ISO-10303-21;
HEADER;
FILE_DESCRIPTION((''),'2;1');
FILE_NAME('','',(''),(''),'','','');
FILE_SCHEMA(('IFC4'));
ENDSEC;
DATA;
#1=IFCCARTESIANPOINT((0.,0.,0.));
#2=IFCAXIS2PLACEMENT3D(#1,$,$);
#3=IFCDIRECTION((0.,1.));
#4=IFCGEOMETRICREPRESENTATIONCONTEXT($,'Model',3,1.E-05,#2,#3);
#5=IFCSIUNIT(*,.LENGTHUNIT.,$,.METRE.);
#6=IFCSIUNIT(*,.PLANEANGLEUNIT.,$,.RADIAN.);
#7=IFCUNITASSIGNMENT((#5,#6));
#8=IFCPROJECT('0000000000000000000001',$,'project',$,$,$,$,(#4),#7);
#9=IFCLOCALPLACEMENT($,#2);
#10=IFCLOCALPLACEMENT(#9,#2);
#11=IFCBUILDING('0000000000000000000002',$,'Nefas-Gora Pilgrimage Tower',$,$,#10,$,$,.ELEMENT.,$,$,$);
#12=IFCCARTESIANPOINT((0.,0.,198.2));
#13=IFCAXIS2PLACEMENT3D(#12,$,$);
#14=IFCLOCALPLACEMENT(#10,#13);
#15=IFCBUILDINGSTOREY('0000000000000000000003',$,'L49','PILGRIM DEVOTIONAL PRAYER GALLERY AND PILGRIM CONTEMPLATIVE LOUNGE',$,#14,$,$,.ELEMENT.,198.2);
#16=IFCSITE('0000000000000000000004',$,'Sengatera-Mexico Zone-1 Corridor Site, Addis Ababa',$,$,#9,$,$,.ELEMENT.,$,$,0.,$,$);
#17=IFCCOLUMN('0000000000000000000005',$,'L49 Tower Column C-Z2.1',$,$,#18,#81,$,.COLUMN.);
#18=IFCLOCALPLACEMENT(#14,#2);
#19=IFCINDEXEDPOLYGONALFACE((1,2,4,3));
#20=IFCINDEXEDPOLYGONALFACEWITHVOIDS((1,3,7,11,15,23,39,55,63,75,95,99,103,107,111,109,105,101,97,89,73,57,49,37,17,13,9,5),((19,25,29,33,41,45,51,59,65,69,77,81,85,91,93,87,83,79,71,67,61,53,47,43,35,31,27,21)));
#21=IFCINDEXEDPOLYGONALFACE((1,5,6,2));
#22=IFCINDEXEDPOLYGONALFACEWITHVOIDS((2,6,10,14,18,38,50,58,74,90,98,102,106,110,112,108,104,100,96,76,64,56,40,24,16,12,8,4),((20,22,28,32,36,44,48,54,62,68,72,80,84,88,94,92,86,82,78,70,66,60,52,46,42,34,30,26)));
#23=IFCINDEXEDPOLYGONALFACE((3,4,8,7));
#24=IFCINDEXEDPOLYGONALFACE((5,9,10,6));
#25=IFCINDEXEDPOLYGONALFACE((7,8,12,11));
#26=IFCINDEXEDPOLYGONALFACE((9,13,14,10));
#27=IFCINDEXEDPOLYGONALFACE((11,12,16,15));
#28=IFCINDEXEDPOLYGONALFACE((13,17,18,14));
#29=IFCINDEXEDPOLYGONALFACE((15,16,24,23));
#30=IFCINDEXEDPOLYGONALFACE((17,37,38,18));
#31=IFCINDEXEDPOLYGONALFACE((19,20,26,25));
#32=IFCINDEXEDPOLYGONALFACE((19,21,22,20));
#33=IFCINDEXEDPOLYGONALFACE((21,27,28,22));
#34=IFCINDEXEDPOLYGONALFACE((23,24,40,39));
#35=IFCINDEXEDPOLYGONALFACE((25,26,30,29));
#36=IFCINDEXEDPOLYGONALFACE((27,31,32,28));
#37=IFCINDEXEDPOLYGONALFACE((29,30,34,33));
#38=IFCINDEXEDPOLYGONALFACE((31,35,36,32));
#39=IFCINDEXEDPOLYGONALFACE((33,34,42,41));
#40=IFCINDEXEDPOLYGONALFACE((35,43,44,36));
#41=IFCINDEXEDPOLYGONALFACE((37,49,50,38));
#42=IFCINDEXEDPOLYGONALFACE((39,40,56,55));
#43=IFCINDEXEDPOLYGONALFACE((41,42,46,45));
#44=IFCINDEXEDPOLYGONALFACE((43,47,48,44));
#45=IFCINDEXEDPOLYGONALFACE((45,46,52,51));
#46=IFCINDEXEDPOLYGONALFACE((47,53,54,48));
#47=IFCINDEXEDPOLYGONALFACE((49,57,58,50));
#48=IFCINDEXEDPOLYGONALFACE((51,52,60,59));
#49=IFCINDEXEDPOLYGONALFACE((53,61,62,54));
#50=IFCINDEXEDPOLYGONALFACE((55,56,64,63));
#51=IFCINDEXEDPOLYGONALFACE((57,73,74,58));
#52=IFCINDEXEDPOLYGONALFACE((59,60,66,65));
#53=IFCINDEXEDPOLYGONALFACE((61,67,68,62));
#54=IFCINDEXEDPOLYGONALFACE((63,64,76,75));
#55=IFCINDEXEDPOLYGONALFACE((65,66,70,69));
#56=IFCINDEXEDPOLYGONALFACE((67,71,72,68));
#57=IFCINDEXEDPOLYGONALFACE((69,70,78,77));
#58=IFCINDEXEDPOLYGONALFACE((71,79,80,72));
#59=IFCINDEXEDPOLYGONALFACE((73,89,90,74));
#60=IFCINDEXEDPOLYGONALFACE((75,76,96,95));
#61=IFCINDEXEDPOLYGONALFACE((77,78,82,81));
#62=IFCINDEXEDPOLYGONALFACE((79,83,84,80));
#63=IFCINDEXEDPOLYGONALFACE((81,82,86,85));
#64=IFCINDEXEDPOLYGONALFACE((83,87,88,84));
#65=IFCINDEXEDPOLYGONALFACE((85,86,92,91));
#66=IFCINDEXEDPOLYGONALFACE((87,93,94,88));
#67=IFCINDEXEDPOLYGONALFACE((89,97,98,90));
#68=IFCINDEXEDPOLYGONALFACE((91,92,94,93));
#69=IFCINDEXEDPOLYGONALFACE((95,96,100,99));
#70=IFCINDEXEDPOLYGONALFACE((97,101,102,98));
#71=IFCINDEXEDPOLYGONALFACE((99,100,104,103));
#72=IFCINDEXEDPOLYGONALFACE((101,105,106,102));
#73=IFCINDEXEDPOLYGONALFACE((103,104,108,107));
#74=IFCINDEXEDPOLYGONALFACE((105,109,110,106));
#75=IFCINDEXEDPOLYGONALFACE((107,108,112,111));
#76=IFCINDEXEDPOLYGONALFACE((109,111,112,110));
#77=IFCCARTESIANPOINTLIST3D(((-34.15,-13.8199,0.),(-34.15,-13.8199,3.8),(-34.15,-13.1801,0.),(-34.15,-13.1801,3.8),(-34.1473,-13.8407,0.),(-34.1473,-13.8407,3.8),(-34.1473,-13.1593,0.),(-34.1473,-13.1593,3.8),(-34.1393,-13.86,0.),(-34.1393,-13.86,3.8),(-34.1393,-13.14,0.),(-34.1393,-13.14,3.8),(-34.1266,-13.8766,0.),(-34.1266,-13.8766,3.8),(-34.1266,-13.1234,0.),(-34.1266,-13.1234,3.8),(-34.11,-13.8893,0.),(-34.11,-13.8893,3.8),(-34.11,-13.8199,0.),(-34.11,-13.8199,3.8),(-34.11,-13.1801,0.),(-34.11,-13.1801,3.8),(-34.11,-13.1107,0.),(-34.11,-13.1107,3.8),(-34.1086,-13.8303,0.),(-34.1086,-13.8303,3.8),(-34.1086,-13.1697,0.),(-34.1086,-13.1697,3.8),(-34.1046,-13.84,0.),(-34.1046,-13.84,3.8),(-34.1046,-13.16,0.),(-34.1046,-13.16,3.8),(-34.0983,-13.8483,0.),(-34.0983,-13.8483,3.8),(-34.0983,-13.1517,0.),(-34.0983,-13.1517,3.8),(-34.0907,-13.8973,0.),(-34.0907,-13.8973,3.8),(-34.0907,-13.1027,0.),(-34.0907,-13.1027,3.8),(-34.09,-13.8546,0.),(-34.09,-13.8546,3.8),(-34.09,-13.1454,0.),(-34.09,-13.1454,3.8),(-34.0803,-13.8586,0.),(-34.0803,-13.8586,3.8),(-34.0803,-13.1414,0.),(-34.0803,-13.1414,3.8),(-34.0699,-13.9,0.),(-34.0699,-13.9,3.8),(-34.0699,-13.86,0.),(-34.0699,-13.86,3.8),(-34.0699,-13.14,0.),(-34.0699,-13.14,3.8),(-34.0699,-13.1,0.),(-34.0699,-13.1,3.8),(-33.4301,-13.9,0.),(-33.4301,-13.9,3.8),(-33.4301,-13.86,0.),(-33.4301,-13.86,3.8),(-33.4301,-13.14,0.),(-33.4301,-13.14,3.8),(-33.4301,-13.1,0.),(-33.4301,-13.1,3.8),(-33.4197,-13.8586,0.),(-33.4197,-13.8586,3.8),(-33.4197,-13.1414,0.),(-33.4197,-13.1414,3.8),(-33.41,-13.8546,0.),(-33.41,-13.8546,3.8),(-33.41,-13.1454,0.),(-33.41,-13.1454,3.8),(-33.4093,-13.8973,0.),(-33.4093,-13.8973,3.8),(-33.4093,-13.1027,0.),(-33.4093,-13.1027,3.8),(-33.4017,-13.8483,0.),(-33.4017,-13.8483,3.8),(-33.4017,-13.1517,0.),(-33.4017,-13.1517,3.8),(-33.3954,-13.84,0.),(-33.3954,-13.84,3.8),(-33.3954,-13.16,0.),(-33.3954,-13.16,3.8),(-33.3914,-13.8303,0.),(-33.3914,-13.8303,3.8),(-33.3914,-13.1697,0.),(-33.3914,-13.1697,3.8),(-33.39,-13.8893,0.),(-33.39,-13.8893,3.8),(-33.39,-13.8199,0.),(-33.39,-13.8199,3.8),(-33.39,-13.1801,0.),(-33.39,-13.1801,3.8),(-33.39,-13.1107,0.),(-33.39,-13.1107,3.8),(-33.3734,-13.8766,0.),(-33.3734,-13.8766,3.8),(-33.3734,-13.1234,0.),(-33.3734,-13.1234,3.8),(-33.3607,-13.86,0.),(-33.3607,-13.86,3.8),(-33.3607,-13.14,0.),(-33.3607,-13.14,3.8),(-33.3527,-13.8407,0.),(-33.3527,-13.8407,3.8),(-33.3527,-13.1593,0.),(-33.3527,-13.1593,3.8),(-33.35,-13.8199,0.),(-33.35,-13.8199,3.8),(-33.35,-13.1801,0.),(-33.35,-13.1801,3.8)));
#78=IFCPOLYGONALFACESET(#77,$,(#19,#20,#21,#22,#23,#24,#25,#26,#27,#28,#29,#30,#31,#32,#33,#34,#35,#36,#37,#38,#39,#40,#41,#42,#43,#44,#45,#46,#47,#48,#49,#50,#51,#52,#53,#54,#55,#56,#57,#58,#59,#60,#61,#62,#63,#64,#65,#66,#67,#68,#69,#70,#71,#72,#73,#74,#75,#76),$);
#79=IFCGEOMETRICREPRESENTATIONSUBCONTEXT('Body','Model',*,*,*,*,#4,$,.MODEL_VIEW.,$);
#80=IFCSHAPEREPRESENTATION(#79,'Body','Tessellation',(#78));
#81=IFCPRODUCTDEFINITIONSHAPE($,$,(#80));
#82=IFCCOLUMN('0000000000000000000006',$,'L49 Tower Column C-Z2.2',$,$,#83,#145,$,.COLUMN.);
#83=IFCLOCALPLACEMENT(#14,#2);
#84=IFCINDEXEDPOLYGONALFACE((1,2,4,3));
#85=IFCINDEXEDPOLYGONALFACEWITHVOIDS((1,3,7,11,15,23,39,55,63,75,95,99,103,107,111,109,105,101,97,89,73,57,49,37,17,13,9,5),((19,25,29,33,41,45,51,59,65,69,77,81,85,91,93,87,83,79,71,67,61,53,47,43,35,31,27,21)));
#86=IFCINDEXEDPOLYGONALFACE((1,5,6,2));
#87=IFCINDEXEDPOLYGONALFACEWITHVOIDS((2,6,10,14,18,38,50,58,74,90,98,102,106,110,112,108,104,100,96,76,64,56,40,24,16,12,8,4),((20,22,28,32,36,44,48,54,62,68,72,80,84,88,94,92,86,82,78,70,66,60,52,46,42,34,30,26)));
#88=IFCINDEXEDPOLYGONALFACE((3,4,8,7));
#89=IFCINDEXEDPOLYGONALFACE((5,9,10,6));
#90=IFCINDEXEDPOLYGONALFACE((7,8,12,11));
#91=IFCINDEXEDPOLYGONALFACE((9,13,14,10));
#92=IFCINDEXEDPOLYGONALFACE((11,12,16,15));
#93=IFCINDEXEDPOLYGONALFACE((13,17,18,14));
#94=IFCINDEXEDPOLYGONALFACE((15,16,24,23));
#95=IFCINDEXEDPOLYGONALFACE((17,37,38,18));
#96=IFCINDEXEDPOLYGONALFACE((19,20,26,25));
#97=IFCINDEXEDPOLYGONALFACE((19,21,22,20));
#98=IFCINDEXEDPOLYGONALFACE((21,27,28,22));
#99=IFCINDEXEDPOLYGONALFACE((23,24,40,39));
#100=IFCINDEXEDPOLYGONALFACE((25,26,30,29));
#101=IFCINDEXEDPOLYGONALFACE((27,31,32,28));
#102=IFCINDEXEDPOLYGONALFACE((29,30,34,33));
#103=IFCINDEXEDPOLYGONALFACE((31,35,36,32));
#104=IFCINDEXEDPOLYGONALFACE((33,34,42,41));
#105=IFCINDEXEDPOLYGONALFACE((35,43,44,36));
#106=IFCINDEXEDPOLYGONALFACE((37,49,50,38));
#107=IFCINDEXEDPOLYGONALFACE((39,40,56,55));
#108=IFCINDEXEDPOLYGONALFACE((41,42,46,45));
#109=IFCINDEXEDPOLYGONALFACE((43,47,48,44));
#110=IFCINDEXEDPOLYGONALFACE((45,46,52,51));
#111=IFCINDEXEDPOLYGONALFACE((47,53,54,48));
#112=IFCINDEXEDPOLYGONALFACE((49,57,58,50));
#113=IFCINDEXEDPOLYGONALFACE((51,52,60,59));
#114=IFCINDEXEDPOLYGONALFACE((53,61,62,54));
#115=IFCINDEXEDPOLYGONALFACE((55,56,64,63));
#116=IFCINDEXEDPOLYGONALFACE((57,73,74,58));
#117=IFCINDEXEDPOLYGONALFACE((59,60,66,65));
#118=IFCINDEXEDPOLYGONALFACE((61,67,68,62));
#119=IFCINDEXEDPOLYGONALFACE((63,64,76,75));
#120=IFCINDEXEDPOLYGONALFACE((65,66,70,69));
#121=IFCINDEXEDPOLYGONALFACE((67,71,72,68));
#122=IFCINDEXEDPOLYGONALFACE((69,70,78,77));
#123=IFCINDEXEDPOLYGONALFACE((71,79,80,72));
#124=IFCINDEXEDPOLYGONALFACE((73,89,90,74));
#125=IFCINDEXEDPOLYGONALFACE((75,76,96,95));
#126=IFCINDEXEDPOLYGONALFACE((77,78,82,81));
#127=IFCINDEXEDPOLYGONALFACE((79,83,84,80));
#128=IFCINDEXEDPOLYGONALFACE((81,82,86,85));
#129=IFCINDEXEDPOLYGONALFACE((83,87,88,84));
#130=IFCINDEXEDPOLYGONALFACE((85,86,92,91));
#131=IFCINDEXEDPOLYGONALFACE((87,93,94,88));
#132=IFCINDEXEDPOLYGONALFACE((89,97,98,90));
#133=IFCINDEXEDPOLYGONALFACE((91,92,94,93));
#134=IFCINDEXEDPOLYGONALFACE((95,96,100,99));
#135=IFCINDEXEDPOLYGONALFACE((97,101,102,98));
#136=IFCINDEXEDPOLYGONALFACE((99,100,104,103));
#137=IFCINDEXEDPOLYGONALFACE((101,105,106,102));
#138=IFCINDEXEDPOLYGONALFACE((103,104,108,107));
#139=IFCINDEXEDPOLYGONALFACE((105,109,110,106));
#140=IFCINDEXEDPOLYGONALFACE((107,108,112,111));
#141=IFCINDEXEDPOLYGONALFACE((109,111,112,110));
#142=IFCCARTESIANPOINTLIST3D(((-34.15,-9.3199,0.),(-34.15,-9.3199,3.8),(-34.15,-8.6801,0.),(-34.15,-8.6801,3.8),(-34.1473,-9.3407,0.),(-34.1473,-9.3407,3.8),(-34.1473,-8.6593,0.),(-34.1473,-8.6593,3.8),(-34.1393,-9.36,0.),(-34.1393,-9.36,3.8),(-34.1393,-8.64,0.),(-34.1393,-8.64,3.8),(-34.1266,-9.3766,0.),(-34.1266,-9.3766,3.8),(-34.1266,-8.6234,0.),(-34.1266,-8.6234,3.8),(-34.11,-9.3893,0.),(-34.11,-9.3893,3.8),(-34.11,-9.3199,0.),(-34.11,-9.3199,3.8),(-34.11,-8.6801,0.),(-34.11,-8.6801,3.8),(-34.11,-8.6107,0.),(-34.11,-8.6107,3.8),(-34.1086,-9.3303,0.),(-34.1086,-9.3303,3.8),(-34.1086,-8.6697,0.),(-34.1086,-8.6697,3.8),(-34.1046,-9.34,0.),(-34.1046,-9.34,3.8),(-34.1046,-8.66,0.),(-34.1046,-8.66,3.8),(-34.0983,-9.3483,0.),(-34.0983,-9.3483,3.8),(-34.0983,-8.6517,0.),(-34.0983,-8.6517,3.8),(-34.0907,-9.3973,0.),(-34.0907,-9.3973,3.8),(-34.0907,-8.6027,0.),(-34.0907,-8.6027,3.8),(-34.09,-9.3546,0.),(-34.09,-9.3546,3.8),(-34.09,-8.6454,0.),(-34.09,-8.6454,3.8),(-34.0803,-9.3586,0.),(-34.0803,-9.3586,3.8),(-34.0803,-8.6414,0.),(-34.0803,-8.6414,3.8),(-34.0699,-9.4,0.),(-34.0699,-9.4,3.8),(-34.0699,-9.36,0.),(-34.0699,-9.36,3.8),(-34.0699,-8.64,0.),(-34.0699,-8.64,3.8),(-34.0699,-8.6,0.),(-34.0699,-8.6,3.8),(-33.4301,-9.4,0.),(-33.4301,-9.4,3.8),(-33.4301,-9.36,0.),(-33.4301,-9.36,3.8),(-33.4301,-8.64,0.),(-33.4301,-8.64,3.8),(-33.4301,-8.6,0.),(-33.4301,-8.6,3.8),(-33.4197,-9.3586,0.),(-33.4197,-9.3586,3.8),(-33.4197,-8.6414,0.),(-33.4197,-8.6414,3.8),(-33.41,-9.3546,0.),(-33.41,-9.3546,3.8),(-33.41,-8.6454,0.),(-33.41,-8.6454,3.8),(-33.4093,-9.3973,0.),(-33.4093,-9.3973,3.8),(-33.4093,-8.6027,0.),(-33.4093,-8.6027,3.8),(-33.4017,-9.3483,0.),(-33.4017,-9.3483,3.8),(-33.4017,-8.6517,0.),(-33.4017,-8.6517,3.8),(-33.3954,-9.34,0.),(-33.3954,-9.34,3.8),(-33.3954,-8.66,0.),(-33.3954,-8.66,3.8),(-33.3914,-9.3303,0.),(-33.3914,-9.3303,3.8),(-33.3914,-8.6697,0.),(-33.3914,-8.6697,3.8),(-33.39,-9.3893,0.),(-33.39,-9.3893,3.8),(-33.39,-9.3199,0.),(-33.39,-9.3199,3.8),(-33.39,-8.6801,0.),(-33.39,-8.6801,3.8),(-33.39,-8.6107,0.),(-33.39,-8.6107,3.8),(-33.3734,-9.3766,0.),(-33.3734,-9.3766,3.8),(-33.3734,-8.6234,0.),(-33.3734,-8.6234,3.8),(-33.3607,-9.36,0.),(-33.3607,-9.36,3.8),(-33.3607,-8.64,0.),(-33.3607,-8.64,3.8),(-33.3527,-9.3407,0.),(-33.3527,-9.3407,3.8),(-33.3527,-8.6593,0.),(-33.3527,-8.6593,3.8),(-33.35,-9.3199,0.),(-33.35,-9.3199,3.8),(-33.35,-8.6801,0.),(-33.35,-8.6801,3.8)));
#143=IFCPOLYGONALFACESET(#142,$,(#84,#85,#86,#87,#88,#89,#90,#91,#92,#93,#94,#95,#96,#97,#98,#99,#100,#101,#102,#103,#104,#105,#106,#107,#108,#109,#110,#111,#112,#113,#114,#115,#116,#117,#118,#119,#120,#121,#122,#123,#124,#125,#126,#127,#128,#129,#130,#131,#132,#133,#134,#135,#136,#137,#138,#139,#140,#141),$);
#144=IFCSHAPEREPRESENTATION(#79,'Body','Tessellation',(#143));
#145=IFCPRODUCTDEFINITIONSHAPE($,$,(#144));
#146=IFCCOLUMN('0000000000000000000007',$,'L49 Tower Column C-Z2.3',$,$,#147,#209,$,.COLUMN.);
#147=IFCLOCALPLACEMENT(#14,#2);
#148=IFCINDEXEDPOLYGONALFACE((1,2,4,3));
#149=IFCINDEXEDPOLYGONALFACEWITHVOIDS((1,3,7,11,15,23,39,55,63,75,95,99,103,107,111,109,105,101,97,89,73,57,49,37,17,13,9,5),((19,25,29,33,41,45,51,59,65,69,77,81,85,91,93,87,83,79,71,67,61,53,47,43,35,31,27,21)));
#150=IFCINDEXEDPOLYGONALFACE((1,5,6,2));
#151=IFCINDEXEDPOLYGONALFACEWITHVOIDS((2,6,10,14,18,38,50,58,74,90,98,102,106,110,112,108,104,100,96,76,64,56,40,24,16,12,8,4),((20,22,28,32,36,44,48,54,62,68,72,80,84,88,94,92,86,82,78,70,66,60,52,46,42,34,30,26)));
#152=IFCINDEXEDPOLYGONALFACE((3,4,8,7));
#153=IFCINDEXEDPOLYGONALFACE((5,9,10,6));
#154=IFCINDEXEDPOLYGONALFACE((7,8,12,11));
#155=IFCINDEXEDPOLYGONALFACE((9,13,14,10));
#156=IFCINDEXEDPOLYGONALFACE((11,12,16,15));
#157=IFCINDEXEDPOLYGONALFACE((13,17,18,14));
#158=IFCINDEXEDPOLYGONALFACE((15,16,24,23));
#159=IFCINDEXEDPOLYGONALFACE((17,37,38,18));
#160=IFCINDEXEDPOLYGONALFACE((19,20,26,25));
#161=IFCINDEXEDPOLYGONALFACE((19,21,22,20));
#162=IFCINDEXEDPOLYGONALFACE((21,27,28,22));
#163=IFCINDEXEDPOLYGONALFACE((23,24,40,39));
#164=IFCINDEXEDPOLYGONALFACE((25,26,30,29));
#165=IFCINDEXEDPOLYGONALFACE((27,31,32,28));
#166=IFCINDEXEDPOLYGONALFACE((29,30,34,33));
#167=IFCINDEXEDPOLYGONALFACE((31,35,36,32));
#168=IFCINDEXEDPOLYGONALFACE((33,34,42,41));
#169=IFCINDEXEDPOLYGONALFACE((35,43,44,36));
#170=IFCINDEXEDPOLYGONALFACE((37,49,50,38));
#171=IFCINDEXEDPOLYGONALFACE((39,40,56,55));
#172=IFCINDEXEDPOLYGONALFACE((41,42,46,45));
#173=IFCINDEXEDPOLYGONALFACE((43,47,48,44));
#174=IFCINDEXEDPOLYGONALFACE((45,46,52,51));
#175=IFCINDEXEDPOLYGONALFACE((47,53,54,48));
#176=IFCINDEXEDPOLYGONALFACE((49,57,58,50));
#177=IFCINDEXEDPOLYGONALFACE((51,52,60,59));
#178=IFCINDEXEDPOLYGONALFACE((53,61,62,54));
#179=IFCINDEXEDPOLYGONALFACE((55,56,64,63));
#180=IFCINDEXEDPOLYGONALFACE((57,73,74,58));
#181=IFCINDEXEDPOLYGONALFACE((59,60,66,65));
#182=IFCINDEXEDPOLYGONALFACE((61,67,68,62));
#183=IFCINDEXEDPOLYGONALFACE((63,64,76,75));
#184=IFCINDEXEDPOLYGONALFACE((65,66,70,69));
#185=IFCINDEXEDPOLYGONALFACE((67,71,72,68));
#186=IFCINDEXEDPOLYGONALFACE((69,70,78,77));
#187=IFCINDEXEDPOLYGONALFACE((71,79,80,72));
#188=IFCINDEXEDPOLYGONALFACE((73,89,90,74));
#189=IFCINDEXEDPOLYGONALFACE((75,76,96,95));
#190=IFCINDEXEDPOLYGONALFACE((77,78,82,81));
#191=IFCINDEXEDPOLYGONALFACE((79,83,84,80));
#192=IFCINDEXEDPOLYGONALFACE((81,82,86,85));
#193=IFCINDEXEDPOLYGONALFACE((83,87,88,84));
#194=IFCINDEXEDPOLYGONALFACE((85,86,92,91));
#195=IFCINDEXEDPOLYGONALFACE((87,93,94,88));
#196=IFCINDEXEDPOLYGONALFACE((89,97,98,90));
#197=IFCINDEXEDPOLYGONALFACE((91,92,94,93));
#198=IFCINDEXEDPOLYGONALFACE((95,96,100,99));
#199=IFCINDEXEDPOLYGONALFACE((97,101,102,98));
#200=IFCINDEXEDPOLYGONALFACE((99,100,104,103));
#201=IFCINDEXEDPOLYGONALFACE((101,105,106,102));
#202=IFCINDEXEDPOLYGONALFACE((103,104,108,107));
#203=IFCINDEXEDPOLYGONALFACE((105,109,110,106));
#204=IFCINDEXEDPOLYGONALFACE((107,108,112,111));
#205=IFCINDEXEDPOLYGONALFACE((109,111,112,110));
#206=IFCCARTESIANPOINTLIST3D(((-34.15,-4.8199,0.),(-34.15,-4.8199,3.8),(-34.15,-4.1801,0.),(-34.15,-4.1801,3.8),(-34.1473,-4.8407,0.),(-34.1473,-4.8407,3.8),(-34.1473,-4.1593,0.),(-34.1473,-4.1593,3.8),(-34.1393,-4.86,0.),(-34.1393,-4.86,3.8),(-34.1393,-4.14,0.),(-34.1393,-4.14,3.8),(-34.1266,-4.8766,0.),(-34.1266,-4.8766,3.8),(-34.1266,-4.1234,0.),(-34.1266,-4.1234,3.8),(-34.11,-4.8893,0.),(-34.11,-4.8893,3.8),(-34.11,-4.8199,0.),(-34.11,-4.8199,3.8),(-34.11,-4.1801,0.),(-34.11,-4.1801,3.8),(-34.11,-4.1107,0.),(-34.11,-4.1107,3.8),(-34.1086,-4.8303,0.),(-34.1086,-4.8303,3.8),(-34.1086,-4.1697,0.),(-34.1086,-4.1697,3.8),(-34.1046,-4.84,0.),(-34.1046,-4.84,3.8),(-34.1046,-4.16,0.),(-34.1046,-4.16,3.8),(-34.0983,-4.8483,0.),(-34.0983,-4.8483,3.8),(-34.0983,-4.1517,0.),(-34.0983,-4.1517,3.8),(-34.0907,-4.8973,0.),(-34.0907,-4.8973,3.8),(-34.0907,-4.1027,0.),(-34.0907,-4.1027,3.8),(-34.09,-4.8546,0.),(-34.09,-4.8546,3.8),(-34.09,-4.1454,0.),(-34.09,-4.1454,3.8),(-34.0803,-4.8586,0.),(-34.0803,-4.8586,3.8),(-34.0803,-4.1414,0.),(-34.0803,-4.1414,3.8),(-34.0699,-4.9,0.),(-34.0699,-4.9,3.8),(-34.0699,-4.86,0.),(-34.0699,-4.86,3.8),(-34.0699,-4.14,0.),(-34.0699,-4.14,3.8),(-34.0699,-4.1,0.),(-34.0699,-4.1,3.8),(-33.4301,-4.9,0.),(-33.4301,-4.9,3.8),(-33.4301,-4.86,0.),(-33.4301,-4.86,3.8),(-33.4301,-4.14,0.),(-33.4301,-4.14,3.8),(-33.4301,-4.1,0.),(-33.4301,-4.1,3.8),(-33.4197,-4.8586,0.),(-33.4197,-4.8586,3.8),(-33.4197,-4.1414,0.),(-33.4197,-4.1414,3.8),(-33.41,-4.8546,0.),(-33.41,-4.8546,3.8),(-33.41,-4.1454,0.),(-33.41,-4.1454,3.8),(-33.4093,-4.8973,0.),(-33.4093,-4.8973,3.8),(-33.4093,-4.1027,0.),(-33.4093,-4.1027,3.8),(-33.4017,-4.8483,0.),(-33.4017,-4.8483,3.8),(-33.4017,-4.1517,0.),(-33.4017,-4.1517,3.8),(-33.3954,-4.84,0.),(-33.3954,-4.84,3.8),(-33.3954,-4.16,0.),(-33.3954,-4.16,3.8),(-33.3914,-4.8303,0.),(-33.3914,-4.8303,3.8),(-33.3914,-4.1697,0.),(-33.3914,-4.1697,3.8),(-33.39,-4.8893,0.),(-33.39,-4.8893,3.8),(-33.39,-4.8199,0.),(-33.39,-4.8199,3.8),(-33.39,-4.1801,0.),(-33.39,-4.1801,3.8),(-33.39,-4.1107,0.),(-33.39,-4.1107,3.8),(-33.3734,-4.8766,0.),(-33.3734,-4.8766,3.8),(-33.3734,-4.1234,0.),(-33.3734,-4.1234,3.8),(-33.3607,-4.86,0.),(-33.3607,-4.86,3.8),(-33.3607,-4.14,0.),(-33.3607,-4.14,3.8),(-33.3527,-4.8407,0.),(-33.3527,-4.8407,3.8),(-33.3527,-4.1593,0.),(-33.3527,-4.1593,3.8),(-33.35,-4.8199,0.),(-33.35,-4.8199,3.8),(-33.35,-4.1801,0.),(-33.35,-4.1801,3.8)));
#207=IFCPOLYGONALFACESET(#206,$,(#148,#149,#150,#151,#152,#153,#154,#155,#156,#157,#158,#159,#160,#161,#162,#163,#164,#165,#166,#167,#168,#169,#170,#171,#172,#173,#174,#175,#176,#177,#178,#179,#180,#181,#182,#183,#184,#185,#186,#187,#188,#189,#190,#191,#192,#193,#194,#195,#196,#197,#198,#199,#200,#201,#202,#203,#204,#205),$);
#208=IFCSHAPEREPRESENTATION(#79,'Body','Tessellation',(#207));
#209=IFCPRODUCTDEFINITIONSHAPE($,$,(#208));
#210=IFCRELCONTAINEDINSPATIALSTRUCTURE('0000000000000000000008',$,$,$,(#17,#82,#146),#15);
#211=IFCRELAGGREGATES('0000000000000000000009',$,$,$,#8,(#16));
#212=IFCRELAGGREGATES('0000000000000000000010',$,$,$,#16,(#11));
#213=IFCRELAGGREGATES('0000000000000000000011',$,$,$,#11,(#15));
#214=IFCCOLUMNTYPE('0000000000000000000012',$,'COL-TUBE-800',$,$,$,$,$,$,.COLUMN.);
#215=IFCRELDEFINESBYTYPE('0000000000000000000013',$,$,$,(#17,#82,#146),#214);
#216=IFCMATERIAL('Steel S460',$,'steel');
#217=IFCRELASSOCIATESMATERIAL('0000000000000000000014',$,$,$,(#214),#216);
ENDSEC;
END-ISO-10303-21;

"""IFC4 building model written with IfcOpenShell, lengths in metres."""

from ifc_helpers import new_model, si_unit, direction, frame, origin, origin_2d, place, context, subcontext, project, spatial, hollow_rectangle, extrude, source, transform, mapped, material, material_profile, profile_set, type_object, element, save


model = new_model("IFC4")

# Units and contexts
model_context = context("Model", 3, precision=1e-05, world=origin(), true_north=direction((0.0, 1.0)))
body_context = subcontext(model_context, "Body", "Model", "MODEL_VIEW")
ifc_project = project(units=[si_unit("LENGTHUNIT", "METRE"), si_unit("PLANEANGLEUNIT", "RADIAN")], contexts=[model_context])

# Site, building, storey
site_placement = place(None, origin())
site = spatial("IfcSite", under=ifc_project, at=site_placement, Name="Sengatera-Mexico Zone-1 Corridor Site, Addis Ababa", CompositionType="ELEMENT", RefElevation=0.0)
building_placement = place(site_placement, origin())
building = spatial("IfcBuilding", under=site, at=building_placement, Name="Nefas-Gora Pilgrimage Tower", CompositionType="ELEMENT")
storey_placement = place(building_placement, frame((0.0, 0.0, 198.2)))
storey = spatial("IfcBuildingStorey", under=building, at=storey_placement, Name="L49", Description="PILGRIM DEVOTIONAL PRAYER GALLERY AND PILGRIM CONTEMPLATIVE LOUNGE", CompositionType="ELEMENT", Elevation=198.2)

# Columns
ifc_material_1 = material(Name="Steel S460", Category="steel")
ifc_material_profile_1 = material_profile(ifc_material_1, hollow_rectangle(XDim=0.8, YDim=0.8, WallThickness=0.04, InnerFilletRadius=0.04, OuterFilletRadius=0.0801, at=origin_2d()), Name="BOX 800x800x40")
ifc_profile_set_1 = profile_set([ifc_material_profile_1], Name="Steel S460")
column_type_1 = type_object("IfcColumnType", Name="COL-TUBE-800", PredefinedType="COLUMN", material=ifc_profile_set_1)
shared_shape_1 = source(origin(), body_context, "Body", "SweptSolid", [
    extrude(hollow_rectangle(XDim=0.8, YDim=0.8, WallThickness=0.04, InnerFilletRadius=0.04, OuterFilletRadius=0.0801, at=origin_2d()), origin(), (0.0, 0.0, 1.0), 3.8),
])
for number, where, z_axis, x_axis, name in (
    (1, (-33.75, -13.5, 0.0), (0.0, 0.0, 1.0), (1.0, 0.0, 0.0), "L49 Tower Column C-Z2.1"),
    (2, (-33.75, -9.0, 0.0), (0.0, 0.0, 1.0), (1.0, 0.0, 0.0), "L49 Tower Column C-Z2.2"),
    (3, (-33.75, -4.5, 0.0), (0.0, 0.0, 1.0), (1.0, 0.0, 0.0), "L49 Tower Column C-Z2.3"),
):
    element("IfcColumn", number, at=place(storey_placement, frame(where, z_axis=z_axis, x_axis=x_axis)), inside=storey, type_object=column_type_1, Name=name, PredefinedType="COLUMN", context=body_context, shape_type="MappedRepresentation", body=[
        mapped(shared_shape_1, transform((0.0, 0.0, 0.0), x_axis=(1.0, 0.0, 0.0), y_axis=(0.0, 1.0, 0.0), z_axis=(0.0, 0.0, 1.0), scale=1.0)),
    ])

save(model, "model.ifc")
